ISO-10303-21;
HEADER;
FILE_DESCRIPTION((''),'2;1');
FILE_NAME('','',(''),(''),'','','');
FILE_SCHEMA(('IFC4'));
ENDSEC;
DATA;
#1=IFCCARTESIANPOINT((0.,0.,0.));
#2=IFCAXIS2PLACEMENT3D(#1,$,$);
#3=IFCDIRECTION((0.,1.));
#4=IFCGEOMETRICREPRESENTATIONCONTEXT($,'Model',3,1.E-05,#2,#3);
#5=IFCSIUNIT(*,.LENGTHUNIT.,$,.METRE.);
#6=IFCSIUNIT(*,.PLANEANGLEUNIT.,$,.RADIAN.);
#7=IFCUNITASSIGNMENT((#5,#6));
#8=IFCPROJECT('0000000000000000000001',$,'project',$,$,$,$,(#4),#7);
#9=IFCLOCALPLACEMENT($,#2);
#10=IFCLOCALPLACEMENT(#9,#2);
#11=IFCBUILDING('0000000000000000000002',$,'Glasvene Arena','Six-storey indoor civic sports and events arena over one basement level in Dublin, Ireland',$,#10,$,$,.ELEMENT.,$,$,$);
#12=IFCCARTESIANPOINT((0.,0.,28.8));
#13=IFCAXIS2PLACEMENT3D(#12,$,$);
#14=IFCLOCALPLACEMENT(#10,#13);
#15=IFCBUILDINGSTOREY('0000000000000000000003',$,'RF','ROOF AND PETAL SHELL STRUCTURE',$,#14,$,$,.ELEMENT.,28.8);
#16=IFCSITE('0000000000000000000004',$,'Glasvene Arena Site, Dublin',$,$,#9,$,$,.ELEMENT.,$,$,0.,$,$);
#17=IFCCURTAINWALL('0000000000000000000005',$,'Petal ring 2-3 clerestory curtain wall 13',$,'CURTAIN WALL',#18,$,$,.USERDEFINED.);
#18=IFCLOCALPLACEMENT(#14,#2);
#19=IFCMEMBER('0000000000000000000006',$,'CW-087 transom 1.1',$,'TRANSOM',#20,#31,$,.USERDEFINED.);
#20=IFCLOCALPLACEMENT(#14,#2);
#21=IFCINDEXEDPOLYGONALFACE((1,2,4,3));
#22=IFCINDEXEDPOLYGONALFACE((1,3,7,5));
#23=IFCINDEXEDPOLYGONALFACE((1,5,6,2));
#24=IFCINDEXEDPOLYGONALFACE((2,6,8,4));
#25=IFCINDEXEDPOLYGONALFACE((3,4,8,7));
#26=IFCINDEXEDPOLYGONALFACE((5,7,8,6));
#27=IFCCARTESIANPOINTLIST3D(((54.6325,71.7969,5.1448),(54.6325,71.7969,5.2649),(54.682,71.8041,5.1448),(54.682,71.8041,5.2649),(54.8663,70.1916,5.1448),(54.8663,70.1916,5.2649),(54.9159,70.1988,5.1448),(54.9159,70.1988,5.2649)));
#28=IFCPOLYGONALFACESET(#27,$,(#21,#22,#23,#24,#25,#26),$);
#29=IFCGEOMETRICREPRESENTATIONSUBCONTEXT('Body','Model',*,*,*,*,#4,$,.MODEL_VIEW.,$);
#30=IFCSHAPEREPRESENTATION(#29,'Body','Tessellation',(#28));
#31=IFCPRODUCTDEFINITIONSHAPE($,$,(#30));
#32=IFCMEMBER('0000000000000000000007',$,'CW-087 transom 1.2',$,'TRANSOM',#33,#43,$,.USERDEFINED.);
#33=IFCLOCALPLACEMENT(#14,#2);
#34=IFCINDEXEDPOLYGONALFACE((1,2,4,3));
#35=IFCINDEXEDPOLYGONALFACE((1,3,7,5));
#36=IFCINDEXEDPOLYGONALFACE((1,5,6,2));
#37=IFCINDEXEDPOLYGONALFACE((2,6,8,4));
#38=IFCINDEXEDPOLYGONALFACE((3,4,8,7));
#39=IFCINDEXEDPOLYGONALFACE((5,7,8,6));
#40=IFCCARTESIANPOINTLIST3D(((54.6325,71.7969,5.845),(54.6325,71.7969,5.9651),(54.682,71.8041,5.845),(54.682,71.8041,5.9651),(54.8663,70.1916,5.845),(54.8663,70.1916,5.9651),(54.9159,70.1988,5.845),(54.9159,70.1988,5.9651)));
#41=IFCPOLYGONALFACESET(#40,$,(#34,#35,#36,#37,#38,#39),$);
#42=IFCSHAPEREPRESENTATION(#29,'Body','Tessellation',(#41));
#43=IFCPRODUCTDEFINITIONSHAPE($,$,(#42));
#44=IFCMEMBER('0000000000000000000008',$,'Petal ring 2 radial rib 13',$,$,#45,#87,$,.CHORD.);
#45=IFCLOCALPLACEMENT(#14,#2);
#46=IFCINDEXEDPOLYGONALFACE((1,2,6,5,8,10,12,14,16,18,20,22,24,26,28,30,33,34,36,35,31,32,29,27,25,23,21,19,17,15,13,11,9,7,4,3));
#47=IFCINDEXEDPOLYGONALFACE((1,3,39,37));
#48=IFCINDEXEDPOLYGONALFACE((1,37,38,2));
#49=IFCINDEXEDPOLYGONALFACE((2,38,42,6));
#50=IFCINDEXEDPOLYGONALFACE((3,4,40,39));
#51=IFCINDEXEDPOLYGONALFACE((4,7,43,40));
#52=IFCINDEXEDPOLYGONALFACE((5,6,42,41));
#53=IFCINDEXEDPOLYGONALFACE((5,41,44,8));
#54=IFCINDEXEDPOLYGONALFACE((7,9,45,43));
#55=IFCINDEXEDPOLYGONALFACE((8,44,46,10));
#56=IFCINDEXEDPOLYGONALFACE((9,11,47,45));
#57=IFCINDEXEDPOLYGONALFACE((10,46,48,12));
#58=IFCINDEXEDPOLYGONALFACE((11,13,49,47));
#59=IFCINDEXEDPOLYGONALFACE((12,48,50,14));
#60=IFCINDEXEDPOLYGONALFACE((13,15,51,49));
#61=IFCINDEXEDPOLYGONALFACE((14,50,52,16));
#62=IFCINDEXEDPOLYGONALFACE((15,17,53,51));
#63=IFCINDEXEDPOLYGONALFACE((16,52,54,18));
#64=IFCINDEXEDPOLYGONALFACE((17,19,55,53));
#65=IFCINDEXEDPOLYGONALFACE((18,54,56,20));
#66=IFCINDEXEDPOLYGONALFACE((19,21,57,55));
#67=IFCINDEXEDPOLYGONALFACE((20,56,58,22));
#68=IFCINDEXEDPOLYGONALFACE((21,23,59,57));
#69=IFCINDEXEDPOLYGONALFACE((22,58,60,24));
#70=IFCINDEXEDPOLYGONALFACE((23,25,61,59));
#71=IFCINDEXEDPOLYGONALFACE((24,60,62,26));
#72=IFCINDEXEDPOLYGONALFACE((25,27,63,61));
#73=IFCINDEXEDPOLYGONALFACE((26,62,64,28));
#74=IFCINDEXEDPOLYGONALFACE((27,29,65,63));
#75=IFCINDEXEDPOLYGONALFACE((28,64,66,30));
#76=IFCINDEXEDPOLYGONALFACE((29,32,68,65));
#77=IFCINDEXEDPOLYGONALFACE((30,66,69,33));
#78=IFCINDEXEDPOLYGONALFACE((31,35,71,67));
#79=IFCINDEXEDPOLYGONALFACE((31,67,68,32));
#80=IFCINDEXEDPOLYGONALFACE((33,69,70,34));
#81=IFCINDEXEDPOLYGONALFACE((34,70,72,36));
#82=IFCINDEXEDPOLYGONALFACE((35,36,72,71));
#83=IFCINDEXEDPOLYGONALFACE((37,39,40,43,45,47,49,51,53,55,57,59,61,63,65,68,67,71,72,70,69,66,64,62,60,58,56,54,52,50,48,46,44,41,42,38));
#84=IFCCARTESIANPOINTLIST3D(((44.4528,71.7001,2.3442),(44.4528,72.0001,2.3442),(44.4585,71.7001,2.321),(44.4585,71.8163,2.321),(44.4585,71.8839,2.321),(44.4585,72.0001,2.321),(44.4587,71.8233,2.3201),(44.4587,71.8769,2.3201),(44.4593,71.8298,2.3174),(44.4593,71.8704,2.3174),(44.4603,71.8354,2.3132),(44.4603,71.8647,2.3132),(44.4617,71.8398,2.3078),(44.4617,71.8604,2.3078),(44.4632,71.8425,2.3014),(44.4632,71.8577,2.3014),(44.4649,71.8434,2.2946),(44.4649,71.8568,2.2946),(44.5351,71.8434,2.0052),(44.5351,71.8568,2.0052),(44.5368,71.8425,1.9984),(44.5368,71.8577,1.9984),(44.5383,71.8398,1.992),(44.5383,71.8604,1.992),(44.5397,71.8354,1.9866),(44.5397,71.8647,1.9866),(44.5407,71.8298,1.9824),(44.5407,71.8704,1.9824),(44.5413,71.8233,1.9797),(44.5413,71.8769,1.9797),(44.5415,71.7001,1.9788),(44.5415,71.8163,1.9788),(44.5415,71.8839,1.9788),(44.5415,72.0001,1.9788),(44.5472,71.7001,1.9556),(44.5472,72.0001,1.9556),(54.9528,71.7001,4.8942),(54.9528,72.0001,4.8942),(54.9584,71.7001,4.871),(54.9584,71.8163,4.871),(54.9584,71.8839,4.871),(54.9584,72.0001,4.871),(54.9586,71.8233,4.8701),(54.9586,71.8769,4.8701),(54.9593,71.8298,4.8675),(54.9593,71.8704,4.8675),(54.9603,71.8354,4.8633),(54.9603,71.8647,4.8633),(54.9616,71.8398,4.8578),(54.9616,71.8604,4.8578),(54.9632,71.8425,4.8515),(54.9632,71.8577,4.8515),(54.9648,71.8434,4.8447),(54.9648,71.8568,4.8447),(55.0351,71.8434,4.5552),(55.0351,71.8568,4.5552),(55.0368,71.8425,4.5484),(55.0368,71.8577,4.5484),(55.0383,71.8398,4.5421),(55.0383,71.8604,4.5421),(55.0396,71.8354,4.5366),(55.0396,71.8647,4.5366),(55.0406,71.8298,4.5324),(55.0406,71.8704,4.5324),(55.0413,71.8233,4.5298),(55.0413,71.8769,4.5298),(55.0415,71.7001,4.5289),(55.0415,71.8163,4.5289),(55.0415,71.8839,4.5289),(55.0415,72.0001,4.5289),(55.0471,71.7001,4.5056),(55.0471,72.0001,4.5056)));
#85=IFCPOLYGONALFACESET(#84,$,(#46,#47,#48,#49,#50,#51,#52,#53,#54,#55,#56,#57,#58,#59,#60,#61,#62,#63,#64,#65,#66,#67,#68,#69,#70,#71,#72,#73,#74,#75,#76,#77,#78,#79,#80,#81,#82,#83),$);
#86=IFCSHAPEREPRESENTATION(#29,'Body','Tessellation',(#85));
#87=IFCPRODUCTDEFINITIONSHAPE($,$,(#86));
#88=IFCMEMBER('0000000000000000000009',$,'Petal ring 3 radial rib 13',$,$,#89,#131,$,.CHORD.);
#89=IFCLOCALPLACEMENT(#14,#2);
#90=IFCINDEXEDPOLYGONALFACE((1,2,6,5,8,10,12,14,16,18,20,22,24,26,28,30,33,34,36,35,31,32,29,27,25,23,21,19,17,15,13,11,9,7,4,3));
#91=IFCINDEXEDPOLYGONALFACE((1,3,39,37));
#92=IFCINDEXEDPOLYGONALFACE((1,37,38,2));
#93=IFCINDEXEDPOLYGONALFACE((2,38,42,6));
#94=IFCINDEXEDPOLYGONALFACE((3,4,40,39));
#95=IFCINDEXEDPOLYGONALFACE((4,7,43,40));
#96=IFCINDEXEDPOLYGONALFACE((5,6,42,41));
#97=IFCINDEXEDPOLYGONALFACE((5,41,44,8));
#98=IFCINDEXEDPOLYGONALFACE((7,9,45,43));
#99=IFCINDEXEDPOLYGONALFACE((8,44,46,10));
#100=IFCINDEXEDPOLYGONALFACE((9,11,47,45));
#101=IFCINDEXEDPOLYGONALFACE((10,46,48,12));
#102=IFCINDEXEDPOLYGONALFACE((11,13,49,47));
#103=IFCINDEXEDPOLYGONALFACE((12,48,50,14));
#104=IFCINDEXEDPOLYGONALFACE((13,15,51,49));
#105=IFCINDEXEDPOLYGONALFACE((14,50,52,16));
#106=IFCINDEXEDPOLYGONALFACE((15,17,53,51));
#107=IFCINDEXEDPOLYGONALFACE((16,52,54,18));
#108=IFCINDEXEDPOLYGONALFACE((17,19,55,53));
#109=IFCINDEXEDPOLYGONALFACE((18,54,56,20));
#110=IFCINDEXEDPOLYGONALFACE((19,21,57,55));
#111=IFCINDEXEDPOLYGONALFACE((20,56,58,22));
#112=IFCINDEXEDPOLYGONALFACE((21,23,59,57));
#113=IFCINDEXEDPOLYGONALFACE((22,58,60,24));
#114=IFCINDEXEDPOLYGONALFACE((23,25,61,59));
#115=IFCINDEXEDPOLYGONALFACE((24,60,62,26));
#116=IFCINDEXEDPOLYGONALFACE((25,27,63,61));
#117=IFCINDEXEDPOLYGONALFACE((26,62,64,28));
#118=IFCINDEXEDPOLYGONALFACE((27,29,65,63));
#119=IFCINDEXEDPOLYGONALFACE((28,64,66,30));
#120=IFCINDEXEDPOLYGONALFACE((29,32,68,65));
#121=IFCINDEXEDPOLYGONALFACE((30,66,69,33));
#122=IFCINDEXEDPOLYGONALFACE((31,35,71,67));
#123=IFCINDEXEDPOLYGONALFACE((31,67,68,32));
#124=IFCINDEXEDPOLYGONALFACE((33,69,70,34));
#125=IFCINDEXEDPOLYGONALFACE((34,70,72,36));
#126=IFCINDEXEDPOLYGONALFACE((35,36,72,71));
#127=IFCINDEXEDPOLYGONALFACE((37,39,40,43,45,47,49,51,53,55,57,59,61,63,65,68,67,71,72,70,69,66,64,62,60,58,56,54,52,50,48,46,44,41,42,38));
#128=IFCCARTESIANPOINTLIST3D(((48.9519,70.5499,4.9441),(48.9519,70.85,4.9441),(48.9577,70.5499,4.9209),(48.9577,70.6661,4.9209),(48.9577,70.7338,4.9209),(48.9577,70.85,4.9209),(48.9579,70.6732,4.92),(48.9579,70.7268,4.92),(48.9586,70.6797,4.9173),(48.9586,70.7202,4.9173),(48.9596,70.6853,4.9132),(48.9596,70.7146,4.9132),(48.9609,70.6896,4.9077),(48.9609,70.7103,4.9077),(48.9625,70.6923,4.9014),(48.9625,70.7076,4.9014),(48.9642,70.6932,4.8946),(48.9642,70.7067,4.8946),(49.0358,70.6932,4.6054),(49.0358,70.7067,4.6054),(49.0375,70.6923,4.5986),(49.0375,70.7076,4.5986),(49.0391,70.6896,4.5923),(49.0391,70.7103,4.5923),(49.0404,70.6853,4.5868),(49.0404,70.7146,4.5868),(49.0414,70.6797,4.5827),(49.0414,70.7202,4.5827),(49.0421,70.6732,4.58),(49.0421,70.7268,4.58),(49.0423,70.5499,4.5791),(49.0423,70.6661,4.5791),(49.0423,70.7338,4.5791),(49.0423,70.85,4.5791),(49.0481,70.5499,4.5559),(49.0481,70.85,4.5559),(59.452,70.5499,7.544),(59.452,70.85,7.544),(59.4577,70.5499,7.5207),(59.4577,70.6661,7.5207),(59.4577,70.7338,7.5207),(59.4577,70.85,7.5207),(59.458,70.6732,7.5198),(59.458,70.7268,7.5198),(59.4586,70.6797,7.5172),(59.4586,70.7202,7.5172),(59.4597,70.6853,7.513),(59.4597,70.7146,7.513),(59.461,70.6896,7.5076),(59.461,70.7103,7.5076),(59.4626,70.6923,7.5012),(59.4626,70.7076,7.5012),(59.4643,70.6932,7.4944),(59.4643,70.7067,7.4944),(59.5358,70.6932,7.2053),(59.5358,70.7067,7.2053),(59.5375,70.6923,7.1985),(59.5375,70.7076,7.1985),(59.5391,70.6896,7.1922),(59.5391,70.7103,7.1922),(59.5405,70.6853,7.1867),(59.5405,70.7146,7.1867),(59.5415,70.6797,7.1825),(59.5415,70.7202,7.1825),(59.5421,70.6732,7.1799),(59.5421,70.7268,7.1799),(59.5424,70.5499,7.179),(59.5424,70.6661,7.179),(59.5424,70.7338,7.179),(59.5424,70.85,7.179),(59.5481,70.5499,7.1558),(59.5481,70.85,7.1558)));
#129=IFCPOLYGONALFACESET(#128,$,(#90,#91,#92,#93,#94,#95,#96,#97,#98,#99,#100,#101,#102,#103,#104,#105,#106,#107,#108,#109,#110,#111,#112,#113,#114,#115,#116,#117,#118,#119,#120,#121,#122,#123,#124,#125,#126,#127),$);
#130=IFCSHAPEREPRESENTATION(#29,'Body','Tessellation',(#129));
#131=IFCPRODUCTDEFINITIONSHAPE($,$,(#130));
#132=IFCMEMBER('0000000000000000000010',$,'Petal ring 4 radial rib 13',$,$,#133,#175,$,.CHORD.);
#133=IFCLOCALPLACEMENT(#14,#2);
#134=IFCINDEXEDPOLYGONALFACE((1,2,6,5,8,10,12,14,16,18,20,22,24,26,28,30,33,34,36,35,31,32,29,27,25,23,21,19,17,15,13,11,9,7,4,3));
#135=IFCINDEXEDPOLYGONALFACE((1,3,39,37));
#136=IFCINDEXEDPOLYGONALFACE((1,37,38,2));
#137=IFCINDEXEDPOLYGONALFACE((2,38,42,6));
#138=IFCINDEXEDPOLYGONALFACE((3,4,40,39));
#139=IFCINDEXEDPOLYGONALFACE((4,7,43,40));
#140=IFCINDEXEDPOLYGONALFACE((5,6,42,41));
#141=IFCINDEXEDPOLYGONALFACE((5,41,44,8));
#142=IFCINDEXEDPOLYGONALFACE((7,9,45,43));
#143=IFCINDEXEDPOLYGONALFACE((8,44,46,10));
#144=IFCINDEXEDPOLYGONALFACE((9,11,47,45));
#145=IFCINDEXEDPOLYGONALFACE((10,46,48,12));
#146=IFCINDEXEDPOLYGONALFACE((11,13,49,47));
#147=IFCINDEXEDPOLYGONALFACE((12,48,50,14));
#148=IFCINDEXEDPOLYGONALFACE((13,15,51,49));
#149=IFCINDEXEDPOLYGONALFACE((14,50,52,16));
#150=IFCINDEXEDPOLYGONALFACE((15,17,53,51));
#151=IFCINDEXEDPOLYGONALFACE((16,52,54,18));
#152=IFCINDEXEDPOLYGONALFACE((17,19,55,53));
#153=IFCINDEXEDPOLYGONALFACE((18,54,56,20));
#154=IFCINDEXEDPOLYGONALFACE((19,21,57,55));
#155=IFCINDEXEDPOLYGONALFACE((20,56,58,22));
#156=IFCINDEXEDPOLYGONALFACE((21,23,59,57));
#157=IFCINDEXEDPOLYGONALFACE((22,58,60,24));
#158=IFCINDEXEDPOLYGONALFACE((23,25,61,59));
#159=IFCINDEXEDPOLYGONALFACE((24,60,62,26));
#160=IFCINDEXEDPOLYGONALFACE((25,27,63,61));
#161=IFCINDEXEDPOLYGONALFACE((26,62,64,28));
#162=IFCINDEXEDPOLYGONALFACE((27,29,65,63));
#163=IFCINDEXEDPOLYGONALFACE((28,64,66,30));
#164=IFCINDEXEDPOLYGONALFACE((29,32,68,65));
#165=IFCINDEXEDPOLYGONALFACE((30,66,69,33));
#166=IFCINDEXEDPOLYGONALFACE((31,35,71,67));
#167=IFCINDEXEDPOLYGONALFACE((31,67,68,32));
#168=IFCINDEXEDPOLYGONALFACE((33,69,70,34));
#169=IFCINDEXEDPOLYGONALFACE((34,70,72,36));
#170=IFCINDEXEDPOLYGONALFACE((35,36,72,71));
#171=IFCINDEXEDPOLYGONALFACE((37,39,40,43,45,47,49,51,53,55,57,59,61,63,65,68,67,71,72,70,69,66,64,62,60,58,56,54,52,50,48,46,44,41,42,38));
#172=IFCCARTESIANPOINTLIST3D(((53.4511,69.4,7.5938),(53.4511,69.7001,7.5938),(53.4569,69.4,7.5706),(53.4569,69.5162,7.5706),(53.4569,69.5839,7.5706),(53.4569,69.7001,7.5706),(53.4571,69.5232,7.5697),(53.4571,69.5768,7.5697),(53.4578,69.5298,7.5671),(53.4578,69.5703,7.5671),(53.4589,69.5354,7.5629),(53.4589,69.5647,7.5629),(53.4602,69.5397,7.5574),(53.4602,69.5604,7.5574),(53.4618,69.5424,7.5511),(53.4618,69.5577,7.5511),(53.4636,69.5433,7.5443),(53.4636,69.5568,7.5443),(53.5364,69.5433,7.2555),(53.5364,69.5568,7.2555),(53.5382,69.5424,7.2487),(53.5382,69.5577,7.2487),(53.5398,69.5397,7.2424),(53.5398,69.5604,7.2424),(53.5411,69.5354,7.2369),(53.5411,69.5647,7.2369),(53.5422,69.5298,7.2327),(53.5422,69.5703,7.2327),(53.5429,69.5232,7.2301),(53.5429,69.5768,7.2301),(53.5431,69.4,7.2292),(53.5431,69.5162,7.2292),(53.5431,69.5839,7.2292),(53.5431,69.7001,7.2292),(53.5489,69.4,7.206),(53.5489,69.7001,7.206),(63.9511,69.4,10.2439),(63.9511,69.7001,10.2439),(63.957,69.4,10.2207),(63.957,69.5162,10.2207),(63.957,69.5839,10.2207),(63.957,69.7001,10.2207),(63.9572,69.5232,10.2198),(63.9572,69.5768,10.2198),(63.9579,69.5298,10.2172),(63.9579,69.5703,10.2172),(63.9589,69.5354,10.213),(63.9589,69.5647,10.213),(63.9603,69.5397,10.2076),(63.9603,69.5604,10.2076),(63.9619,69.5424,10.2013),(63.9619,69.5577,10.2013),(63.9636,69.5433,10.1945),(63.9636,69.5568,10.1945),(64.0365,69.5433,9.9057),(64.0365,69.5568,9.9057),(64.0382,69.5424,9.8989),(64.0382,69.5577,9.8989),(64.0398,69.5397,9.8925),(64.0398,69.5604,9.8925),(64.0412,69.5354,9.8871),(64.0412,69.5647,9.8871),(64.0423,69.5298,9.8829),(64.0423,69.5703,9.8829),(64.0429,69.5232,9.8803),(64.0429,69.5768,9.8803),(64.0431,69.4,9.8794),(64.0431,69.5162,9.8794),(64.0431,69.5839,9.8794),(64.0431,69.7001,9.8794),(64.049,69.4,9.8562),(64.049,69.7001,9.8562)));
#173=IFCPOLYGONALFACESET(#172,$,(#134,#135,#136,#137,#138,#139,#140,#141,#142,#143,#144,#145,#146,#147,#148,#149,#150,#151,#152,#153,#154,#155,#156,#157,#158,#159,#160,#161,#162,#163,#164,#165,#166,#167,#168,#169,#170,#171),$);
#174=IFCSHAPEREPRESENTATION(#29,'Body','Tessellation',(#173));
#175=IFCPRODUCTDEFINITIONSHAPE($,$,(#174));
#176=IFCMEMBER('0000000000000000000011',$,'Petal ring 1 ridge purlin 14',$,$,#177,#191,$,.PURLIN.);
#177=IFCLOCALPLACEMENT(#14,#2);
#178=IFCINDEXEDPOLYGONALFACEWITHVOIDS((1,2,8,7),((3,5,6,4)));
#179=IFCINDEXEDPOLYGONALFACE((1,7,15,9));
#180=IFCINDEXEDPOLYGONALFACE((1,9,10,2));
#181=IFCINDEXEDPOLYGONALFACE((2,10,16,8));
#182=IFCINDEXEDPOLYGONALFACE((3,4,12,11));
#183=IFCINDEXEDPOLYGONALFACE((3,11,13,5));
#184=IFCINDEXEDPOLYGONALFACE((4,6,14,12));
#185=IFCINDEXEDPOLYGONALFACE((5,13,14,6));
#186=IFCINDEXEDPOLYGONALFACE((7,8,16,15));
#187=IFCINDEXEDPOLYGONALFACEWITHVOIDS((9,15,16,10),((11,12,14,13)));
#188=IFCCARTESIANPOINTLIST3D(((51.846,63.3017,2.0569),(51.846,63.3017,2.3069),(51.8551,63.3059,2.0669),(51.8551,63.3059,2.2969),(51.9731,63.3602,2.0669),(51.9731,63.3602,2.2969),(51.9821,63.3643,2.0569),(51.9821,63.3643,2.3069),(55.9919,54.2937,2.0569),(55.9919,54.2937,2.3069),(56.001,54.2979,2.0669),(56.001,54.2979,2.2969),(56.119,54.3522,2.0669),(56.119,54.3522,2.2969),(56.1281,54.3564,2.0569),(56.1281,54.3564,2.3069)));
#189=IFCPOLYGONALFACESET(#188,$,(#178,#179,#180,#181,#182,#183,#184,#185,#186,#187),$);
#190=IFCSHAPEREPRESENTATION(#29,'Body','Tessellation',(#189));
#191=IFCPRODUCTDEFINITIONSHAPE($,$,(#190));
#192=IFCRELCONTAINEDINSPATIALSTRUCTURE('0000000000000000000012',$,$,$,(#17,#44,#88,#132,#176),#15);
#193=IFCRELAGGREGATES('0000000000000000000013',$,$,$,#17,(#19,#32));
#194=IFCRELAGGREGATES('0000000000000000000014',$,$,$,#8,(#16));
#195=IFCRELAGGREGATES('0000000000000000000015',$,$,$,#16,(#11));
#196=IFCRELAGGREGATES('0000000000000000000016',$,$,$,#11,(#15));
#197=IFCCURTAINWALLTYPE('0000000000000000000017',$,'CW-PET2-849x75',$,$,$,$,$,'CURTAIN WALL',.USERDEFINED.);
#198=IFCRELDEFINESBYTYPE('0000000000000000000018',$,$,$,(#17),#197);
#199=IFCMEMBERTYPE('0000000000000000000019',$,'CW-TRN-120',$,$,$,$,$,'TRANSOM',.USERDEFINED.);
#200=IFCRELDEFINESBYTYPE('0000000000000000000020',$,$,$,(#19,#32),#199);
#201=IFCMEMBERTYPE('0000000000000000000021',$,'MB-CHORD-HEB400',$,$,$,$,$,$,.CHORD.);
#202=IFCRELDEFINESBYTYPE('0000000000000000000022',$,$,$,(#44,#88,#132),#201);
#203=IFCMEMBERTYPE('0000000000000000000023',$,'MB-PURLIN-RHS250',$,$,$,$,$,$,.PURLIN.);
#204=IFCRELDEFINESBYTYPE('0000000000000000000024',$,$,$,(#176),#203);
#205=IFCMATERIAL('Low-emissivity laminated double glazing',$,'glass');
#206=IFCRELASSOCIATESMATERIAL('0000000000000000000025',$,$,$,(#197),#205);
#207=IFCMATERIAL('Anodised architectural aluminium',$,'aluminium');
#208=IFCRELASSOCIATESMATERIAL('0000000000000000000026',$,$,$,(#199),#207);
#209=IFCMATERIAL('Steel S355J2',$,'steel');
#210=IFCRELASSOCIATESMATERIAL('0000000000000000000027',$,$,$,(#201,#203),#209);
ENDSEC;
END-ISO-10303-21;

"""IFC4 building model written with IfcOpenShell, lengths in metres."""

from ifc_helpers import new_model, si_unit, direction, frame, origin, origin_2d, place, context, subcontext, project, spatial, rectangle, hollow_rectangle, i_section, extrude, material, material_profile, profile_set, type_object, element, aggregate, save


model = new_model("IFC4")

# Units and contexts
model_context = context("Model", 3, precision=1e-05, world=origin(), true_north=direction((0.0, 1.0)))
body_context = subcontext(model_context, "Body", "Model", "MODEL_VIEW")
ifc_project = project(units=[si_unit("LENGTHUNIT", "METRE"), si_unit("PLANEANGLEUNIT", "RADIAN")], contexts=[model_context])

# Site, building, storey
site_placement = place(None, origin())
site = spatial("IfcSite", under=ifc_project, at=site_placement, Name="Glasvene Arena Site, Dublin", CompositionType="ELEMENT", RefElevation=0.0)
building_placement = place(site_placement, origin())
building = spatial("IfcBuilding", under=site, at=building_placement, Name="Glasvene Arena", Description="Six-storey indoor civic sports and events arena over one basement level in Dublin, Ireland", CompositionType="ELEMENT")
storey_placement = place(building_placement, frame((0.0, 0.0, 28.8)))
storey = spatial("IfcBuildingStorey", under=building, at=storey_placement, Name="RF", Description="ROOF AND PETAL SHELL STRUCTURE", CompositionType="ELEMENT", Elevation=28.8)

# Shared definitions
ifc_material_1 = material(Name="Low-emissivity laminated double glazing", Category="glass")
ifc_material_2 = material(Name="Anodised architectural aluminium", Category="aluminium")

# Curtain wall
curtain_wall_type_1 = type_object("IfcCurtainWallType", Name="CW-PET2-849x75", ElementType="CURTAIN WALL", PredefinedType="USERDEFINED", material=ifc_material_1)
curtain_wall_1_placement = place(storey_placement, frame((54.6499, 71.8501, 0.0)))
curtain_wall_1 = element("IfcCurtainWall", 1, at=curtain_wall_1_placement, inside=storey, type_object=curtain_wall_type_1, Name="Petal ring 2-3 clerestory curtain wall 13", ObjectType="CURTAIN WALL", PredefinedType="USERDEFINED")

# Members
ifc_material_profile_1 = material_profile(ifc_material_2, rectangle(XDim=0.05, YDim=0.1201, at=origin_2d()), Name="ALU TRANSOM 50x120")
ifc_profile_set_1 = profile_set([ifc_material_profile_1], Name="Anodised architectural aluminium")
member_type_1 = type_object("IfcMemberType", Name="CW-TRN-120", ElementType="TRANSOM", PredefinedType="USERDEFINED", material=ifc_profile_set_1)
member_1_placement = place(storey_placement, frame((54.6572, 71.8005, 5.2048), z_axis=(0.14416, -0.989554, 0.0), x_axis=(0.989554, 0.14416, 0.0)))
member_1 = element("IfcMember", 2, at=member_1_placement, type_object=member_type_1, Name="CW-087 transom 1.1", ObjectType="TRANSOM", PredefinedType="USERDEFINED", context=body_context, shape_type="SweptSolid", body=[
    extrude(rectangle(XDim=0.05, YDim=0.1201, at=origin_2d()), origin(), (0.0, 0.0, 1.0), 1.6223),
])
member_2_placement = place(storey_placement, frame((54.6572, 71.8005, 5.905), z_axis=(0.14416, -0.989554, 0.0), x_axis=(0.989554, 0.14416, 0.0)))
member_2 = element("IfcMember", 3, at=member_2_placement, type_object=member_type_1, Name="CW-087 transom 1.2", ObjectType="TRANSOM", PredefinedType="USERDEFINED", context=body_context, shape_type="SweptSolid", body=[
    extrude(rectangle(XDim=0.05, YDim=0.1201, at=origin_2d()), origin(), (0.0, 0.0, 1.0), 1.6223),
])
aggregate(curtain_wall_1, [member_1, member_2])

# Members
ifc_material_3 = material(Name="Steel S355J2", Category="steel")
ifc_material_profile_2 = material_profile(ifc_material_3, i_section(OverallWidth=0.3, OverallDepth=0.3999, WebThickness=0.0134, FlangeThickness=0.0239, FilletRadius=0.0271, at=origin_2d()), Name="HEB 400")
ifc_profile_set_2 = profile_set([ifc_material_profile_2], Name="Steel S355J2")
member_type_2 = type_object("IfcMemberType", Name="MB-CHORD-HEB400", PredefinedType="CHORD", material=ifc_profile_set_2)
member_3_placement = place(storey_placement, frame((44.5, 71.8501, 2.1499), z_axis=(0.971753, 0.0, 0.236002), x_axis=(0.0, 1.0, 0.0)))
element("IfcMember", 4, at=member_3_placement, inside=storey, type_object=member_type_2, Name="Petal ring 2 radial rib 13", PredefinedType="CHORD", context=body_context, shape_type="SweptSolid", body=[
    extrude(i_section(OverallWidth=0.3, OverallDepth=0.3999, WebThickness=0.0134, FlangeThickness=0.0239, FilletRadius=0.0271, at=origin_2d()), origin(), (0.0, 0.0, 1.0), 10.8052),
])
member_4_placement = place(storey_placement, frame((49.0, 70.7, 4.75), z_axis=(0.970687, 0.0, 0.240347), x_axis=(0.0, 1.0, 0.0)))
element("IfcMember", 5, at=member_4_placement, inside=storey, type_object=member_type_2, Name="Petal ring 3 radial rib 13", PredefinedType="CHORD", context=body_context, shape_type="SweptSolid", body=[
    extrude(i_section(OverallWidth=0.3, OverallDepth=0.3999, WebThickness=0.0134, FlangeThickness=0.0239, FilletRadius=0.0271, at=origin_2d()), origin(), (0.0, 0.0, 1.0), 10.8171),
])
member_5_placement = place(storey_placement, frame((53.5, 69.55, 7.3999), z_axis=(0.969594, 0.0, 0.24472), x_axis=(0.0, 1.0, 0.0)))
element("IfcMember", 6, at=member_5_placement, inside=storey, type_object=member_type_2, Name="Petal ring 4 radial rib 13", PredefinedType="CHORD", context=body_context, shape_type="SweptSolid", body=[
    extrude(i_section(OverallWidth=0.3, OverallDepth=0.3999, WebThickness=0.0134, FlangeThickness=0.0239, FilletRadius=0.0271, at=origin_2d()), origin(), (0.0, 0.0, 1.0), 10.8293),
])
ifc_material_profile_3 = material_profile(ifc_material_3, hollow_rectangle(XDim=0.1499, YDim=0.25, WallThickness=0.01, at=origin_2d()), Name="RHS 250x150x10.0")
ifc_profile_set_3 = profile_set([ifc_material_profile_3], Name="Steel S355J2")
member_type_3 = type_object("IfcMemberType", Name="MB-PURLIN-RHS250", PredefinedType="PURLIN", material=ifc_profile_set_3)
member_6_placement = place(storey_placement, frame((51.9141, 63.333, 2.1819), z_axis=(0.418096, -0.908403, 0.0), x_axis=(0.908403, 0.418096, 0.0)))
element("IfcMember", 7, at=member_6_placement, inside=storey, type_object=member_type_3, Name="Petal ring 1 ridge purlin 14", PredefinedType="PURLIN", context=body_context, shape_type="SweptSolid", body=[
    extrude(hollow_rectangle(XDim=0.1499, YDim=0.25, WallThickness=0.01, at=origin_2d()), origin(), (0.0, 0.0, 1.0), 9.9163),
])

save(model, "model.ifc")
